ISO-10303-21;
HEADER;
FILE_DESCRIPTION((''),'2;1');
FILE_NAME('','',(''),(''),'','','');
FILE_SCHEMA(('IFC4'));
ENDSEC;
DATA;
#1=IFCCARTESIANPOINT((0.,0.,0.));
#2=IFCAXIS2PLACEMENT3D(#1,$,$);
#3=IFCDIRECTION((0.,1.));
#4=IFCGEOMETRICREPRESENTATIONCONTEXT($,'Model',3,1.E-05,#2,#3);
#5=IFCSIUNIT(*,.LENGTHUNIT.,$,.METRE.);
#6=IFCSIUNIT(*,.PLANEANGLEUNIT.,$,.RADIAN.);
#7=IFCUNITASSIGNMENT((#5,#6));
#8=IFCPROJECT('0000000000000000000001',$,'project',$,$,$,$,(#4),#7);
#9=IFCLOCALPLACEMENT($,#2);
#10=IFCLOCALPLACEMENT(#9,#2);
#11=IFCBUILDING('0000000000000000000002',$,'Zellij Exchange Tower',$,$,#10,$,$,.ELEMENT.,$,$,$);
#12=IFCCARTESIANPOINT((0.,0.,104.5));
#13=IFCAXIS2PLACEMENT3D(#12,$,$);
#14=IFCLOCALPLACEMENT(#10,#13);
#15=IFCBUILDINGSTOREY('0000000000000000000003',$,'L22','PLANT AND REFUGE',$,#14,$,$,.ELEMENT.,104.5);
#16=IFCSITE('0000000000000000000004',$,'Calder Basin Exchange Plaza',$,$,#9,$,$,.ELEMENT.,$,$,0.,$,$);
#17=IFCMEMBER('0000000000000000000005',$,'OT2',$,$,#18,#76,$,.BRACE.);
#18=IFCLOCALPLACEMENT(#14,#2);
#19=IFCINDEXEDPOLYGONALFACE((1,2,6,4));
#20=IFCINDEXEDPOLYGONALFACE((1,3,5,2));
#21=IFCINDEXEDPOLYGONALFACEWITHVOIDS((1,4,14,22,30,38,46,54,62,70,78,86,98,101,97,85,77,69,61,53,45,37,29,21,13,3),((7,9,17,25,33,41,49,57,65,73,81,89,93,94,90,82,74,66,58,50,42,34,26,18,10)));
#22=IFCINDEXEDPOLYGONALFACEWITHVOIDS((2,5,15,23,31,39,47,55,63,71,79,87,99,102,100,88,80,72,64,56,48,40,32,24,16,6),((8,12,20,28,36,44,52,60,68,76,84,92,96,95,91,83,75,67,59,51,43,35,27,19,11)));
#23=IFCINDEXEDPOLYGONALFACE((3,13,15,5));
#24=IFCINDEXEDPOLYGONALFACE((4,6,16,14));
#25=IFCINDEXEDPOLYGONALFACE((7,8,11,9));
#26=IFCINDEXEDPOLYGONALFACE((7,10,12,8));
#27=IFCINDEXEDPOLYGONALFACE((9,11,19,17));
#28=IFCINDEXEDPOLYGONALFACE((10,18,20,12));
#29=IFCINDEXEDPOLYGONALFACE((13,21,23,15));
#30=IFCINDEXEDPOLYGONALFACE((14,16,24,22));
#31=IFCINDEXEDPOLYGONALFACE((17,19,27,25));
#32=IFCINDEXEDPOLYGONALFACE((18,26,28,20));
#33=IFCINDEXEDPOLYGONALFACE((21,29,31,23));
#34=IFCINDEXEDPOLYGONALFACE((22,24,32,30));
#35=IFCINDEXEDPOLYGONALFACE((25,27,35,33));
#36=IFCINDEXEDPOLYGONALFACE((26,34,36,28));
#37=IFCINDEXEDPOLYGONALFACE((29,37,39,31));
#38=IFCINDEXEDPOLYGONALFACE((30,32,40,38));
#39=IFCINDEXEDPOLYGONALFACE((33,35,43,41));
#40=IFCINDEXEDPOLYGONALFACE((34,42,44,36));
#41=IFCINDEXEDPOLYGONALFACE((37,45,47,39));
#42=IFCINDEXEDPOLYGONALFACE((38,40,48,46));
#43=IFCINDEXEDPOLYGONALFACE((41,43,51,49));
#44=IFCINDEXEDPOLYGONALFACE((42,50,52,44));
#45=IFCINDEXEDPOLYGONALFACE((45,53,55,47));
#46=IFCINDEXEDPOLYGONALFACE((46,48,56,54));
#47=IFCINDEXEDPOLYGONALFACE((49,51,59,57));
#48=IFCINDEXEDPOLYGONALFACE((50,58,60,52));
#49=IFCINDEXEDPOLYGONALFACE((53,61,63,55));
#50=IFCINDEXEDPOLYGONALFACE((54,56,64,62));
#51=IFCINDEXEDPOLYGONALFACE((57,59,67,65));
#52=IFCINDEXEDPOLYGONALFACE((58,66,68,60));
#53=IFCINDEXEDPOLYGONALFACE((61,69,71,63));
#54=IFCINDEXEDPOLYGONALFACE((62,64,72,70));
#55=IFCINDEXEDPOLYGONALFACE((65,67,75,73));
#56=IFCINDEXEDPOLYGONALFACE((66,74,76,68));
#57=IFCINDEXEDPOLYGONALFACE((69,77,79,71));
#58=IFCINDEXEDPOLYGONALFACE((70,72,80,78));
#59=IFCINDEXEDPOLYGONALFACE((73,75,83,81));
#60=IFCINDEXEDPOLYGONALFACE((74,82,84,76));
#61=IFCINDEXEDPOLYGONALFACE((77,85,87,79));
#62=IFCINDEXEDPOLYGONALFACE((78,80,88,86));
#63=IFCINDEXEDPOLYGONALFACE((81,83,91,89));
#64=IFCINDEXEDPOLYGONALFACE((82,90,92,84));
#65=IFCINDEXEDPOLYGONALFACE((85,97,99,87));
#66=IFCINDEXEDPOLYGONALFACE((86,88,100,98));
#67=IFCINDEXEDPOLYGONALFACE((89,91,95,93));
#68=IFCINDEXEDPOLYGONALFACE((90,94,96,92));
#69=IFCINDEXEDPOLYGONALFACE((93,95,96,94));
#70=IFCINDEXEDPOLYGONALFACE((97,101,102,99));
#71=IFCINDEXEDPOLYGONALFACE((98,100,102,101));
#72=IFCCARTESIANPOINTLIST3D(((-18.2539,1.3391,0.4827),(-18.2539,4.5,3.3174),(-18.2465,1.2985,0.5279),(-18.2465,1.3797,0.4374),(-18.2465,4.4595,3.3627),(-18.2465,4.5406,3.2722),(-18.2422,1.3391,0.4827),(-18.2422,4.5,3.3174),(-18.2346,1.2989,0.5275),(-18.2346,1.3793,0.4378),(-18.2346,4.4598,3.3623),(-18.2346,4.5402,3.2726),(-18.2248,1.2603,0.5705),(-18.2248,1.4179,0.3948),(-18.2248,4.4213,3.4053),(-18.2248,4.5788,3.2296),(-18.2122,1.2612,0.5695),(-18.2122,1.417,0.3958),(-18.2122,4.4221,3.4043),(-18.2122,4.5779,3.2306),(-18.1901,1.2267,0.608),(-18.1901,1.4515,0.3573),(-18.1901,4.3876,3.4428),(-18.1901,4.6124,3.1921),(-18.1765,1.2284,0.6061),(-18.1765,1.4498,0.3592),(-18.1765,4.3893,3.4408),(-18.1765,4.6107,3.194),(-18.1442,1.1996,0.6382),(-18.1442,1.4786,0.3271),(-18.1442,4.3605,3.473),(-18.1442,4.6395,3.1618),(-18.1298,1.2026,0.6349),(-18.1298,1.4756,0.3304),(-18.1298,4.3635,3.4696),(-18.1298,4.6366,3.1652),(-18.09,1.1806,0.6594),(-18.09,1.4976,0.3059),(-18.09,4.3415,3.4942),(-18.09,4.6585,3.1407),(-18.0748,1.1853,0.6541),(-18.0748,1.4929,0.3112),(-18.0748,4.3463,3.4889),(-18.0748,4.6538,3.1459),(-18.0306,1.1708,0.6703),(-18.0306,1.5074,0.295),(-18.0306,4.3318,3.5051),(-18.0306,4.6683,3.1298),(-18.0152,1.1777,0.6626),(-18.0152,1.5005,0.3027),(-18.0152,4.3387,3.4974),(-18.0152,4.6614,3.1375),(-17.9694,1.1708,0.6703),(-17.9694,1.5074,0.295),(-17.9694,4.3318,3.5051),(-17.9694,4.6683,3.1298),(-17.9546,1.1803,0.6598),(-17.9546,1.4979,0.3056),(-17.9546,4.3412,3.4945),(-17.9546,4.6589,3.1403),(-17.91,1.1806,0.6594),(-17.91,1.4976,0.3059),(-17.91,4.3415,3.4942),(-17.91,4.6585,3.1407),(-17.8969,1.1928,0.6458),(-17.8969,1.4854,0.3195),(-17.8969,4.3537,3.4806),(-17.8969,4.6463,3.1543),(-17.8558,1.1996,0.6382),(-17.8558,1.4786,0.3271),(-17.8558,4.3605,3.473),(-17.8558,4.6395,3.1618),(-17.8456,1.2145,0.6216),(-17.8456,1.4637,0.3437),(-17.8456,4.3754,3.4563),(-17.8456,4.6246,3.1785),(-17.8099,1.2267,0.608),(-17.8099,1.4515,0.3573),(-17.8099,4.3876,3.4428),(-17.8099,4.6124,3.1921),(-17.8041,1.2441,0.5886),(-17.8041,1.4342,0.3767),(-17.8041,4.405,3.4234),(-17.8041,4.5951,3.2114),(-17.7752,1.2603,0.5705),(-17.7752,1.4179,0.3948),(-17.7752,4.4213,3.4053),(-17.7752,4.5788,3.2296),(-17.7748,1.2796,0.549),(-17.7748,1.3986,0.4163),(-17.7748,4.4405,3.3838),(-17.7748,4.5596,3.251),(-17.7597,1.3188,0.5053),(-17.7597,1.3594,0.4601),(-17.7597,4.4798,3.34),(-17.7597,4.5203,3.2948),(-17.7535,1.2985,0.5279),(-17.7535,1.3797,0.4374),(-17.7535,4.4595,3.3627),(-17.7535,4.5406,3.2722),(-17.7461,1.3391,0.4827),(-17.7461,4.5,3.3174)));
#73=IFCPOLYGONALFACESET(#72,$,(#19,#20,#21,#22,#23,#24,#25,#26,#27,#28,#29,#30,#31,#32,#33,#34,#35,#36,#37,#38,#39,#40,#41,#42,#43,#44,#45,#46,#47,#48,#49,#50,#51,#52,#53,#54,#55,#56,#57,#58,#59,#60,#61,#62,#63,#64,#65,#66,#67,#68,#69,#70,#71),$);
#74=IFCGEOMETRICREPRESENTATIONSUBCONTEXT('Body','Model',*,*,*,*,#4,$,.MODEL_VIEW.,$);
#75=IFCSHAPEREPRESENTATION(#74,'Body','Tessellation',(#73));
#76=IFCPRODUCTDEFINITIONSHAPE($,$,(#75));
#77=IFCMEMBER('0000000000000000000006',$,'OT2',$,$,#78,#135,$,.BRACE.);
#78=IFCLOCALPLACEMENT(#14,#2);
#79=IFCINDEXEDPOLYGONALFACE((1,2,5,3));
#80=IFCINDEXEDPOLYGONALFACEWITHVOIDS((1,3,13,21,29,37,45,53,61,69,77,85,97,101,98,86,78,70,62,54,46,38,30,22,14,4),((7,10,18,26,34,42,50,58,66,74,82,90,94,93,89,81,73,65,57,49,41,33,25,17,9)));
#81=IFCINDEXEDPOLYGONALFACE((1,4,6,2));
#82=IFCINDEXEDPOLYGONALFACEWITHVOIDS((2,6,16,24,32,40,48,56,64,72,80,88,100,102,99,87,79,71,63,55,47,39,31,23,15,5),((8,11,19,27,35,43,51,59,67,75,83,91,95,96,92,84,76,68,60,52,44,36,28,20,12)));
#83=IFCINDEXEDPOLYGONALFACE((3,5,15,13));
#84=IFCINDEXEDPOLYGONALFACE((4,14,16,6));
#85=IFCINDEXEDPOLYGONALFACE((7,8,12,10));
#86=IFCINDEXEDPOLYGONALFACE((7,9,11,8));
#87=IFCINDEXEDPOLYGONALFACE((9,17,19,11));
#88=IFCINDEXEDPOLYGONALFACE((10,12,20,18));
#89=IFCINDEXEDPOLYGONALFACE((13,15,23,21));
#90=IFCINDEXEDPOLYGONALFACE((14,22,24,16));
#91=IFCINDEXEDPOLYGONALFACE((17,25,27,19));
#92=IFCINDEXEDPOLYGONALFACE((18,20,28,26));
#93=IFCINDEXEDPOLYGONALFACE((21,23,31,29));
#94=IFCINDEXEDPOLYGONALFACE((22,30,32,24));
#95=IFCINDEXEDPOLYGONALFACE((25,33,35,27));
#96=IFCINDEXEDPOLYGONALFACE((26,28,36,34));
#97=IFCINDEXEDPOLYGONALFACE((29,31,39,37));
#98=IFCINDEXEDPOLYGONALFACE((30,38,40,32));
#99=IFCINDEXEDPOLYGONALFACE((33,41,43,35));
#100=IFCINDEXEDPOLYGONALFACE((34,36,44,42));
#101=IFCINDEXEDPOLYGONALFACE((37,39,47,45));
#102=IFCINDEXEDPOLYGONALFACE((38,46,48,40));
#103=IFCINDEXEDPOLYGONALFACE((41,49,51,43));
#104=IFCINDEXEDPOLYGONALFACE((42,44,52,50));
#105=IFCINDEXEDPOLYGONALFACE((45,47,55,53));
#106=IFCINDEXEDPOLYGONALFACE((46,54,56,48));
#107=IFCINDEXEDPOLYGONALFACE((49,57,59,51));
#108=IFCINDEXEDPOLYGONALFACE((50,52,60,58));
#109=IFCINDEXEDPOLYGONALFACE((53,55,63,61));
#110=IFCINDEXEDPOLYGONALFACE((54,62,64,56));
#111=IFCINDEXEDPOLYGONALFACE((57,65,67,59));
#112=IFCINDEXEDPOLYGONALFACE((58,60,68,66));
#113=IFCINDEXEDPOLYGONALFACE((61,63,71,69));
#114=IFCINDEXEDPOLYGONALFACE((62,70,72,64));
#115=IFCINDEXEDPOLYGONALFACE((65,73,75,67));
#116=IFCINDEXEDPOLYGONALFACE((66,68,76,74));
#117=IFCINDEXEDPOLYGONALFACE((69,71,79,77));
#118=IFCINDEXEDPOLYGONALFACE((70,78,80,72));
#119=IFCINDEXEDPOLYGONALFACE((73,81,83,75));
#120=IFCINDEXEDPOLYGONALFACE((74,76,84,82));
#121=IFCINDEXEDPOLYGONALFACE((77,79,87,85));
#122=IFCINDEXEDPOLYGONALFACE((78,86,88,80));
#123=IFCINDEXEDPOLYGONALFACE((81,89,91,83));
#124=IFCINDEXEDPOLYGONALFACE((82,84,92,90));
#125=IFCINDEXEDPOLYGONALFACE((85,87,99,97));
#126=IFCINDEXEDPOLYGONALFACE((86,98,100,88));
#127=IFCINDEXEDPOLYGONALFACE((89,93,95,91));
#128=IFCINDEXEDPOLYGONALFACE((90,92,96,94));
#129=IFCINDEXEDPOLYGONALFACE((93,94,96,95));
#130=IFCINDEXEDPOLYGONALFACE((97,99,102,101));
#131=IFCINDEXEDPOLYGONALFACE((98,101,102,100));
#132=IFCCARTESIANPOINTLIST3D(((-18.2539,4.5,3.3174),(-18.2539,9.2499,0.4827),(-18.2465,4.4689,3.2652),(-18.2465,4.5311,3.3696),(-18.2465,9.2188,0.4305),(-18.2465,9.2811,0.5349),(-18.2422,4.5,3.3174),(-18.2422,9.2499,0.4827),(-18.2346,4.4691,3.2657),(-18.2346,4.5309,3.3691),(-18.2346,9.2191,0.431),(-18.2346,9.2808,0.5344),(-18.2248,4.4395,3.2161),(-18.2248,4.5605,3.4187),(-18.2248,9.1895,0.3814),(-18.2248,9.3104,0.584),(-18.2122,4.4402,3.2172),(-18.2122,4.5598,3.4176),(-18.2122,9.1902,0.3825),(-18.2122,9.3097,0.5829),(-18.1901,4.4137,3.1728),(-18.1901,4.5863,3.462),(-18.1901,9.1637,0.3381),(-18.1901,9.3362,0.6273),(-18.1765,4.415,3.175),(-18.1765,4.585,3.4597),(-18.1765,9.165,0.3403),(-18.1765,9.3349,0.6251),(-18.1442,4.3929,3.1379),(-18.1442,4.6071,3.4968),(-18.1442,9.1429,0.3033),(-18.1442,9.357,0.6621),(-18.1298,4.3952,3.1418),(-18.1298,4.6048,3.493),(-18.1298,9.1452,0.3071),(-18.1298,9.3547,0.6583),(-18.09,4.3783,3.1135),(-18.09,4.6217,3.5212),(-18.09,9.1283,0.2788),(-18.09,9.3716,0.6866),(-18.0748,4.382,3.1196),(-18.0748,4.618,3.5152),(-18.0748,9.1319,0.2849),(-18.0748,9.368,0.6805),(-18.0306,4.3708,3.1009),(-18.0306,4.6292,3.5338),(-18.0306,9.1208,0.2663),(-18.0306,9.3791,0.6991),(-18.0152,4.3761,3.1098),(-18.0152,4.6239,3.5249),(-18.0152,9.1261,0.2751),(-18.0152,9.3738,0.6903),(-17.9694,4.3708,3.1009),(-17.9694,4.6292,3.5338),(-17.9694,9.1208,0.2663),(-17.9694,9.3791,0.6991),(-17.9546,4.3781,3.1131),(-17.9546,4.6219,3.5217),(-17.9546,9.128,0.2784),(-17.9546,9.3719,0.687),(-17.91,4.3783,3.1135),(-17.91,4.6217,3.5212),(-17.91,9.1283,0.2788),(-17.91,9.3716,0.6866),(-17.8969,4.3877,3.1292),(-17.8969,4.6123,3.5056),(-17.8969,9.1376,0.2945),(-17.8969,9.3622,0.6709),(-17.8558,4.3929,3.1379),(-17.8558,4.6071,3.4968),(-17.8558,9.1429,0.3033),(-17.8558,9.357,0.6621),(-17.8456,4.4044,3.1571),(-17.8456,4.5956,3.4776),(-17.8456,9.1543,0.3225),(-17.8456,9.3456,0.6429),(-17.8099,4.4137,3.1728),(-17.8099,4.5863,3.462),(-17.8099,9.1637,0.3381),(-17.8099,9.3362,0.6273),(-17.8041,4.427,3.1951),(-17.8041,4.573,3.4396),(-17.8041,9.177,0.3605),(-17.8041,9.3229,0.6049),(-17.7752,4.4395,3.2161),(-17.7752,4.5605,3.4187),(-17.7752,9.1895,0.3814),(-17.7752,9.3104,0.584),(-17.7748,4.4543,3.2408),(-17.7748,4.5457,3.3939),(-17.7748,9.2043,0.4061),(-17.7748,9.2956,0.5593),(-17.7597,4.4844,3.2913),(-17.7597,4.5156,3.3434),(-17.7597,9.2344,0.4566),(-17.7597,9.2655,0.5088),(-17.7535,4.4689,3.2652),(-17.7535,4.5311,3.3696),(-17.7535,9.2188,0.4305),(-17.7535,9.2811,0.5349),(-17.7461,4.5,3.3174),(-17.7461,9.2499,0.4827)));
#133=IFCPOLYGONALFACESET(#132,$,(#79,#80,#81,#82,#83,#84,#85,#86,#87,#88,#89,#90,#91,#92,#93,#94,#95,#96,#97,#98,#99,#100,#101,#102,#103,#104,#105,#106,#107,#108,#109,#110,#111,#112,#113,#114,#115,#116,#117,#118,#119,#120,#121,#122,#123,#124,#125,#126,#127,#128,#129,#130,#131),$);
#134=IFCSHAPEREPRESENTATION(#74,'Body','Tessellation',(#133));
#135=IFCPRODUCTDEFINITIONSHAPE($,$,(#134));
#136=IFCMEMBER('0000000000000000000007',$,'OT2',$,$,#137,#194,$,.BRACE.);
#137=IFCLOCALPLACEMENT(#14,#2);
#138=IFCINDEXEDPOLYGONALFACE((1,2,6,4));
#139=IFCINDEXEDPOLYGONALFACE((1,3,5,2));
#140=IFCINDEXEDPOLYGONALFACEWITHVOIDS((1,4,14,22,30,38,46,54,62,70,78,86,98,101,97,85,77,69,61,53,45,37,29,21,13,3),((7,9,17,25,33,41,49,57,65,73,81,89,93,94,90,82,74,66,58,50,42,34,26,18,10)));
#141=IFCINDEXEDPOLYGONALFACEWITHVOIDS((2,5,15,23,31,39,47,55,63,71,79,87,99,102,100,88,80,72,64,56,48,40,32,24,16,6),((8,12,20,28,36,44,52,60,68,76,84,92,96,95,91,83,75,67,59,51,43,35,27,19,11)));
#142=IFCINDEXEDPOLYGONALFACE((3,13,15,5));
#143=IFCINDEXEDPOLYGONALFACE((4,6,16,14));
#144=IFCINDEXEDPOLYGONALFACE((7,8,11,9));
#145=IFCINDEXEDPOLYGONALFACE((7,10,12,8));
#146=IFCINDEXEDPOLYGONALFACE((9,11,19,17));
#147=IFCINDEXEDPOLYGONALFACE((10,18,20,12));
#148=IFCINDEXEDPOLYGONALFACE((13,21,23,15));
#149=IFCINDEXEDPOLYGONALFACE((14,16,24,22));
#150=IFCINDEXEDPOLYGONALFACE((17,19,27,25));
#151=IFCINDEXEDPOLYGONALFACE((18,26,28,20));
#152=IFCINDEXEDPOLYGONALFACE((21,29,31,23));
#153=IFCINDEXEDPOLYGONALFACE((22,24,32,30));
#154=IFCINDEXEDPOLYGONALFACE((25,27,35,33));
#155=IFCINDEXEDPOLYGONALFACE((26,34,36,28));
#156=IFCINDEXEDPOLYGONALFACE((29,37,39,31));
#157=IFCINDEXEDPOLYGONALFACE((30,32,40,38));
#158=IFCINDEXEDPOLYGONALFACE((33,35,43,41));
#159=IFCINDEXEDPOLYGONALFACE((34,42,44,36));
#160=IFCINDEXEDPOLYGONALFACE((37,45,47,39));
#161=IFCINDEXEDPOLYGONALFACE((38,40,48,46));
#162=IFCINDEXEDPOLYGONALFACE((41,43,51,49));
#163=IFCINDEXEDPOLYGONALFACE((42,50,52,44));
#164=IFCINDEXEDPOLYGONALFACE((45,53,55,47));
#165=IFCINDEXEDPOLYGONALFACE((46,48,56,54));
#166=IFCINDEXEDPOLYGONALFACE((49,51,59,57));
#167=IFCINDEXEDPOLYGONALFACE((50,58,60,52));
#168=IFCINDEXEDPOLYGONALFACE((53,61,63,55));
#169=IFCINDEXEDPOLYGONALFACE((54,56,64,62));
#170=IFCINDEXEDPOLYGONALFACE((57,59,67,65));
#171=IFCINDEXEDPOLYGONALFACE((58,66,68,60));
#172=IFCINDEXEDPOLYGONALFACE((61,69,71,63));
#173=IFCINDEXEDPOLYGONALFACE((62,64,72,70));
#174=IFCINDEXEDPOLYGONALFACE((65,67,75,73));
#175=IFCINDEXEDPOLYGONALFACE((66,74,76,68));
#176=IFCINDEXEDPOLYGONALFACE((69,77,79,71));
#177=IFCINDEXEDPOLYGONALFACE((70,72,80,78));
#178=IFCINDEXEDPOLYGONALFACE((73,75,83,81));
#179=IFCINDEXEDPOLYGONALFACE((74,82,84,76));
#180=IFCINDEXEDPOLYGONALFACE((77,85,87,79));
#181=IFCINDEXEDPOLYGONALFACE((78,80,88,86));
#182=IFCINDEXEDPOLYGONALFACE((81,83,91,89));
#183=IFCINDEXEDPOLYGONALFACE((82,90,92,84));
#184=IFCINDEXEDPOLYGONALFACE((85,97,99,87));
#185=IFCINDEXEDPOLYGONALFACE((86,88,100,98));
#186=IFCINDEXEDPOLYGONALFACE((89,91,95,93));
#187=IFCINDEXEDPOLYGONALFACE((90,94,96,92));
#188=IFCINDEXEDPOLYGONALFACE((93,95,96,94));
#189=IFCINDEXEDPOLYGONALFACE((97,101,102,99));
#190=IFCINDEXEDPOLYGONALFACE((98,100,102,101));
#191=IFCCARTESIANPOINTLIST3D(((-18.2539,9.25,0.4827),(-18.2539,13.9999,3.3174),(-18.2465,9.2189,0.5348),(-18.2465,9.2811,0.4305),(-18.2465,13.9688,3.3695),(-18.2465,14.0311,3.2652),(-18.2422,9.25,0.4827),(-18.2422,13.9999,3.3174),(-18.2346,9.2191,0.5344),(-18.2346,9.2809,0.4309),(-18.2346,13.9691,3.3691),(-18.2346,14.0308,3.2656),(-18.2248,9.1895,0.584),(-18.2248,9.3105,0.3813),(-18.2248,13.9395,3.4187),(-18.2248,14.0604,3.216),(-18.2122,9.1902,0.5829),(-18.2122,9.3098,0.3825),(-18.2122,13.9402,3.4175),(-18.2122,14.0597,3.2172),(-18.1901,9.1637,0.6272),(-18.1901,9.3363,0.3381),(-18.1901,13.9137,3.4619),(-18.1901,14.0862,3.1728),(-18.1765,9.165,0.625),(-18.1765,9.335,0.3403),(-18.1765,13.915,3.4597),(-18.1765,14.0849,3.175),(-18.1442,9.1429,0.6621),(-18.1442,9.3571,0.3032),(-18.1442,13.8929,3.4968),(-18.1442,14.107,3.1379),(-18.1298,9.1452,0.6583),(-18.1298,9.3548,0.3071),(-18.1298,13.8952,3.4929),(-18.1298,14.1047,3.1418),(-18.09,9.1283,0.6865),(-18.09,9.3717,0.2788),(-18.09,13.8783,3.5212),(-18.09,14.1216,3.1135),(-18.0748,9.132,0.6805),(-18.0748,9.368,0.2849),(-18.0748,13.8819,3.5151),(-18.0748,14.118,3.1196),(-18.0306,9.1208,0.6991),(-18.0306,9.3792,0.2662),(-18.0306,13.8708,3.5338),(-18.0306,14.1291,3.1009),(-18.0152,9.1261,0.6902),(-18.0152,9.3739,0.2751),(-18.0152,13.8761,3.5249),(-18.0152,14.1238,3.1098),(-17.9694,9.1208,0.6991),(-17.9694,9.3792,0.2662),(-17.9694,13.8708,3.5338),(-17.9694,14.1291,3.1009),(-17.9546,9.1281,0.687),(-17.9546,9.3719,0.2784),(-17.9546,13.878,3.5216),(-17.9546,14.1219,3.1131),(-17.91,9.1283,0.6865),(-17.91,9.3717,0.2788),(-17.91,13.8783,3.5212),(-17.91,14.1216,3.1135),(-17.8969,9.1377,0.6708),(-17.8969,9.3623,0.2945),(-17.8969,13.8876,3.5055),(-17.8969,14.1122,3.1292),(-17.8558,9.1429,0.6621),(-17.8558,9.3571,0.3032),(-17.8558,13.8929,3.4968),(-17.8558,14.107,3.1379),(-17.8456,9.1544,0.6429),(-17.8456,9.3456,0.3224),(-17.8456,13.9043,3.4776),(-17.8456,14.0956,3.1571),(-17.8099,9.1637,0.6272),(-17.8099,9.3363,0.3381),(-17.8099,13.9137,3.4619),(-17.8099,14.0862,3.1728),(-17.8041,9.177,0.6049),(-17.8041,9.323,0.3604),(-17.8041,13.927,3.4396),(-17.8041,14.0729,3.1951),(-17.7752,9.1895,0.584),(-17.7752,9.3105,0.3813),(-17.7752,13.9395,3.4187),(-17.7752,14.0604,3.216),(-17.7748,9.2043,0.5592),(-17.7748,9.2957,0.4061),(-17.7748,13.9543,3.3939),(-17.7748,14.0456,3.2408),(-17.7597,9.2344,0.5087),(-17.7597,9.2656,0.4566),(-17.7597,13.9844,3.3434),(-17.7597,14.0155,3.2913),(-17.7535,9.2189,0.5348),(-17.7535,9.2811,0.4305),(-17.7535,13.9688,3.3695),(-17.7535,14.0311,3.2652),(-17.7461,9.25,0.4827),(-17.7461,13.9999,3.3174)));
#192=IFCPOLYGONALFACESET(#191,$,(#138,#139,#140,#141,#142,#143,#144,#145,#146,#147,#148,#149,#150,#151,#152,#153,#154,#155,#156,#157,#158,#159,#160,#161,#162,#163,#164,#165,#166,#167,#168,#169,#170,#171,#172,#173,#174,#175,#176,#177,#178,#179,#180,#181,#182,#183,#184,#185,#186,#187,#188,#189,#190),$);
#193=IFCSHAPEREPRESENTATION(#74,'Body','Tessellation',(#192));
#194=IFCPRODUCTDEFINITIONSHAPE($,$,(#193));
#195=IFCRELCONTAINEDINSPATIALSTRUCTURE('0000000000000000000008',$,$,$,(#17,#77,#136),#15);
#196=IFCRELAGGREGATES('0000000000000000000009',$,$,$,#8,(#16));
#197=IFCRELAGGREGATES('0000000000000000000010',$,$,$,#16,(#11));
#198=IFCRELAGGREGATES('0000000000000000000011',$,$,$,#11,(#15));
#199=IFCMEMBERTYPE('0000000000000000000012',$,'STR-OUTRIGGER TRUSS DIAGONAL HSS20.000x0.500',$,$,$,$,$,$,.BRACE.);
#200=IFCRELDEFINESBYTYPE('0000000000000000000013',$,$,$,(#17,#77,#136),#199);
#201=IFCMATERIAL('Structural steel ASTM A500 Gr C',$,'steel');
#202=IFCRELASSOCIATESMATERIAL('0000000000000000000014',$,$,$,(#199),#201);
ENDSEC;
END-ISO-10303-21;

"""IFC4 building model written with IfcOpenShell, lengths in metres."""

from ifc_helpers import new_model, si_unit, direction, frame, origin, origin_2d, place, context, subcontext, project, spatial, hollow_circle, extrude, material, material_profile, profile_set, type_object, element, save


model = new_model("IFC4")

# Units and contexts
model_context = context("Model", 3, precision=1e-05, world=origin(), true_north=direction((0.0, 1.0)))
body_context = subcontext(model_context, "Body", "Model", "MODEL_VIEW")
ifc_project = project(units=[si_unit("LENGTHUNIT", "METRE"), si_unit("PLANEANGLEUNIT", "RADIAN")], contexts=[model_context])

# Site, building, storey
site_placement = place(None, origin())
site = spatial("IfcSite", under=ifc_project, at=site_placement, Name="Calder Basin Exchange Plaza", CompositionType="ELEMENT", RefElevation=0.0)
building_placement = place(site_placement, origin())
building = spatial("IfcBuilding", under=site, at=building_placement, Name="Zellij Exchange Tower", CompositionType="ELEMENT")
storey_placement = place(building_placement, frame((0.0, 0.0, 104.5)))
storey = spatial("IfcBuildingStorey", under=building, at=storey_placement, Name="L22", Description="PLANT AND REFUGE", CompositionType="ELEMENT", Elevation=104.5)

# Members
ifc_material_1 = material(Name="Structural steel ASTM A500 Gr C", Category="steel")
ifc_material_profile_1 = material_profile(ifc_material_1, hollow_circle(Radius=0.2539, WallThickness=0.0117, at=origin_2d()), Name="STR-OUTRIGGER TRUSS DIAGONAL HSS20.000x0.500")
ifc_profile_set_1 = profile_set([ifc_material_profile_1], Name="Structural steel ASTM A500 Gr C")
member_type_1 = type_object("IfcMemberType", Name="STR-OUTRIGGER TRUSS DIAGONAL HSS20.000x0.500", PredefinedType="BRACE", material=ifc_profile_set_1)
member_1_placement = place(storey_placement, frame((-18.0, 1.3391, 0.4827), z_axis=(0.0, 0.744474, 0.667652), x_axis=(-1.0, 0.0, 0.0)))
element("IfcMember", 1, at=member_1_placement, inside=storey, type_object=member_type_1, Name="OT2", PredefinedType="BRACE", context=body_context, shape_type="SweptSolid", body=[
    extrude(hollow_circle(Radius=0.2539, WallThickness=0.0117, at=origin_2d()), origin(), (0.0, 0.0, 1.0), 4.2458),
])
for number, where, z_axis, x_axis, name in (
    (2, (-18.0, 4.5, 3.3174), (0.0, 0.858709, -0.512463), (-1.0, 0.0, 0.0), "OT2"),
    (3, (-18.0, 9.25, 0.4827), (0.0, 0.858709, 0.512463), (-1.0, 0.0, 0.0), "OT2"),
):
    element("IfcMember", number, at=place(storey_placement, frame(where, z_axis=z_axis, x_axis=x_axis)), inside=storey, type_object=member_type_1, Name=name, PredefinedType="BRACE", context=body_context, shape_type="SweptSolid", body=[
        extrude(hollow_circle(Radius=0.2539, WallThickness=0.0117, at=origin_2d()), origin(), (0.0, 0.0, 1.0), 5.5315),
    ])

save(model, "model.ifc")
